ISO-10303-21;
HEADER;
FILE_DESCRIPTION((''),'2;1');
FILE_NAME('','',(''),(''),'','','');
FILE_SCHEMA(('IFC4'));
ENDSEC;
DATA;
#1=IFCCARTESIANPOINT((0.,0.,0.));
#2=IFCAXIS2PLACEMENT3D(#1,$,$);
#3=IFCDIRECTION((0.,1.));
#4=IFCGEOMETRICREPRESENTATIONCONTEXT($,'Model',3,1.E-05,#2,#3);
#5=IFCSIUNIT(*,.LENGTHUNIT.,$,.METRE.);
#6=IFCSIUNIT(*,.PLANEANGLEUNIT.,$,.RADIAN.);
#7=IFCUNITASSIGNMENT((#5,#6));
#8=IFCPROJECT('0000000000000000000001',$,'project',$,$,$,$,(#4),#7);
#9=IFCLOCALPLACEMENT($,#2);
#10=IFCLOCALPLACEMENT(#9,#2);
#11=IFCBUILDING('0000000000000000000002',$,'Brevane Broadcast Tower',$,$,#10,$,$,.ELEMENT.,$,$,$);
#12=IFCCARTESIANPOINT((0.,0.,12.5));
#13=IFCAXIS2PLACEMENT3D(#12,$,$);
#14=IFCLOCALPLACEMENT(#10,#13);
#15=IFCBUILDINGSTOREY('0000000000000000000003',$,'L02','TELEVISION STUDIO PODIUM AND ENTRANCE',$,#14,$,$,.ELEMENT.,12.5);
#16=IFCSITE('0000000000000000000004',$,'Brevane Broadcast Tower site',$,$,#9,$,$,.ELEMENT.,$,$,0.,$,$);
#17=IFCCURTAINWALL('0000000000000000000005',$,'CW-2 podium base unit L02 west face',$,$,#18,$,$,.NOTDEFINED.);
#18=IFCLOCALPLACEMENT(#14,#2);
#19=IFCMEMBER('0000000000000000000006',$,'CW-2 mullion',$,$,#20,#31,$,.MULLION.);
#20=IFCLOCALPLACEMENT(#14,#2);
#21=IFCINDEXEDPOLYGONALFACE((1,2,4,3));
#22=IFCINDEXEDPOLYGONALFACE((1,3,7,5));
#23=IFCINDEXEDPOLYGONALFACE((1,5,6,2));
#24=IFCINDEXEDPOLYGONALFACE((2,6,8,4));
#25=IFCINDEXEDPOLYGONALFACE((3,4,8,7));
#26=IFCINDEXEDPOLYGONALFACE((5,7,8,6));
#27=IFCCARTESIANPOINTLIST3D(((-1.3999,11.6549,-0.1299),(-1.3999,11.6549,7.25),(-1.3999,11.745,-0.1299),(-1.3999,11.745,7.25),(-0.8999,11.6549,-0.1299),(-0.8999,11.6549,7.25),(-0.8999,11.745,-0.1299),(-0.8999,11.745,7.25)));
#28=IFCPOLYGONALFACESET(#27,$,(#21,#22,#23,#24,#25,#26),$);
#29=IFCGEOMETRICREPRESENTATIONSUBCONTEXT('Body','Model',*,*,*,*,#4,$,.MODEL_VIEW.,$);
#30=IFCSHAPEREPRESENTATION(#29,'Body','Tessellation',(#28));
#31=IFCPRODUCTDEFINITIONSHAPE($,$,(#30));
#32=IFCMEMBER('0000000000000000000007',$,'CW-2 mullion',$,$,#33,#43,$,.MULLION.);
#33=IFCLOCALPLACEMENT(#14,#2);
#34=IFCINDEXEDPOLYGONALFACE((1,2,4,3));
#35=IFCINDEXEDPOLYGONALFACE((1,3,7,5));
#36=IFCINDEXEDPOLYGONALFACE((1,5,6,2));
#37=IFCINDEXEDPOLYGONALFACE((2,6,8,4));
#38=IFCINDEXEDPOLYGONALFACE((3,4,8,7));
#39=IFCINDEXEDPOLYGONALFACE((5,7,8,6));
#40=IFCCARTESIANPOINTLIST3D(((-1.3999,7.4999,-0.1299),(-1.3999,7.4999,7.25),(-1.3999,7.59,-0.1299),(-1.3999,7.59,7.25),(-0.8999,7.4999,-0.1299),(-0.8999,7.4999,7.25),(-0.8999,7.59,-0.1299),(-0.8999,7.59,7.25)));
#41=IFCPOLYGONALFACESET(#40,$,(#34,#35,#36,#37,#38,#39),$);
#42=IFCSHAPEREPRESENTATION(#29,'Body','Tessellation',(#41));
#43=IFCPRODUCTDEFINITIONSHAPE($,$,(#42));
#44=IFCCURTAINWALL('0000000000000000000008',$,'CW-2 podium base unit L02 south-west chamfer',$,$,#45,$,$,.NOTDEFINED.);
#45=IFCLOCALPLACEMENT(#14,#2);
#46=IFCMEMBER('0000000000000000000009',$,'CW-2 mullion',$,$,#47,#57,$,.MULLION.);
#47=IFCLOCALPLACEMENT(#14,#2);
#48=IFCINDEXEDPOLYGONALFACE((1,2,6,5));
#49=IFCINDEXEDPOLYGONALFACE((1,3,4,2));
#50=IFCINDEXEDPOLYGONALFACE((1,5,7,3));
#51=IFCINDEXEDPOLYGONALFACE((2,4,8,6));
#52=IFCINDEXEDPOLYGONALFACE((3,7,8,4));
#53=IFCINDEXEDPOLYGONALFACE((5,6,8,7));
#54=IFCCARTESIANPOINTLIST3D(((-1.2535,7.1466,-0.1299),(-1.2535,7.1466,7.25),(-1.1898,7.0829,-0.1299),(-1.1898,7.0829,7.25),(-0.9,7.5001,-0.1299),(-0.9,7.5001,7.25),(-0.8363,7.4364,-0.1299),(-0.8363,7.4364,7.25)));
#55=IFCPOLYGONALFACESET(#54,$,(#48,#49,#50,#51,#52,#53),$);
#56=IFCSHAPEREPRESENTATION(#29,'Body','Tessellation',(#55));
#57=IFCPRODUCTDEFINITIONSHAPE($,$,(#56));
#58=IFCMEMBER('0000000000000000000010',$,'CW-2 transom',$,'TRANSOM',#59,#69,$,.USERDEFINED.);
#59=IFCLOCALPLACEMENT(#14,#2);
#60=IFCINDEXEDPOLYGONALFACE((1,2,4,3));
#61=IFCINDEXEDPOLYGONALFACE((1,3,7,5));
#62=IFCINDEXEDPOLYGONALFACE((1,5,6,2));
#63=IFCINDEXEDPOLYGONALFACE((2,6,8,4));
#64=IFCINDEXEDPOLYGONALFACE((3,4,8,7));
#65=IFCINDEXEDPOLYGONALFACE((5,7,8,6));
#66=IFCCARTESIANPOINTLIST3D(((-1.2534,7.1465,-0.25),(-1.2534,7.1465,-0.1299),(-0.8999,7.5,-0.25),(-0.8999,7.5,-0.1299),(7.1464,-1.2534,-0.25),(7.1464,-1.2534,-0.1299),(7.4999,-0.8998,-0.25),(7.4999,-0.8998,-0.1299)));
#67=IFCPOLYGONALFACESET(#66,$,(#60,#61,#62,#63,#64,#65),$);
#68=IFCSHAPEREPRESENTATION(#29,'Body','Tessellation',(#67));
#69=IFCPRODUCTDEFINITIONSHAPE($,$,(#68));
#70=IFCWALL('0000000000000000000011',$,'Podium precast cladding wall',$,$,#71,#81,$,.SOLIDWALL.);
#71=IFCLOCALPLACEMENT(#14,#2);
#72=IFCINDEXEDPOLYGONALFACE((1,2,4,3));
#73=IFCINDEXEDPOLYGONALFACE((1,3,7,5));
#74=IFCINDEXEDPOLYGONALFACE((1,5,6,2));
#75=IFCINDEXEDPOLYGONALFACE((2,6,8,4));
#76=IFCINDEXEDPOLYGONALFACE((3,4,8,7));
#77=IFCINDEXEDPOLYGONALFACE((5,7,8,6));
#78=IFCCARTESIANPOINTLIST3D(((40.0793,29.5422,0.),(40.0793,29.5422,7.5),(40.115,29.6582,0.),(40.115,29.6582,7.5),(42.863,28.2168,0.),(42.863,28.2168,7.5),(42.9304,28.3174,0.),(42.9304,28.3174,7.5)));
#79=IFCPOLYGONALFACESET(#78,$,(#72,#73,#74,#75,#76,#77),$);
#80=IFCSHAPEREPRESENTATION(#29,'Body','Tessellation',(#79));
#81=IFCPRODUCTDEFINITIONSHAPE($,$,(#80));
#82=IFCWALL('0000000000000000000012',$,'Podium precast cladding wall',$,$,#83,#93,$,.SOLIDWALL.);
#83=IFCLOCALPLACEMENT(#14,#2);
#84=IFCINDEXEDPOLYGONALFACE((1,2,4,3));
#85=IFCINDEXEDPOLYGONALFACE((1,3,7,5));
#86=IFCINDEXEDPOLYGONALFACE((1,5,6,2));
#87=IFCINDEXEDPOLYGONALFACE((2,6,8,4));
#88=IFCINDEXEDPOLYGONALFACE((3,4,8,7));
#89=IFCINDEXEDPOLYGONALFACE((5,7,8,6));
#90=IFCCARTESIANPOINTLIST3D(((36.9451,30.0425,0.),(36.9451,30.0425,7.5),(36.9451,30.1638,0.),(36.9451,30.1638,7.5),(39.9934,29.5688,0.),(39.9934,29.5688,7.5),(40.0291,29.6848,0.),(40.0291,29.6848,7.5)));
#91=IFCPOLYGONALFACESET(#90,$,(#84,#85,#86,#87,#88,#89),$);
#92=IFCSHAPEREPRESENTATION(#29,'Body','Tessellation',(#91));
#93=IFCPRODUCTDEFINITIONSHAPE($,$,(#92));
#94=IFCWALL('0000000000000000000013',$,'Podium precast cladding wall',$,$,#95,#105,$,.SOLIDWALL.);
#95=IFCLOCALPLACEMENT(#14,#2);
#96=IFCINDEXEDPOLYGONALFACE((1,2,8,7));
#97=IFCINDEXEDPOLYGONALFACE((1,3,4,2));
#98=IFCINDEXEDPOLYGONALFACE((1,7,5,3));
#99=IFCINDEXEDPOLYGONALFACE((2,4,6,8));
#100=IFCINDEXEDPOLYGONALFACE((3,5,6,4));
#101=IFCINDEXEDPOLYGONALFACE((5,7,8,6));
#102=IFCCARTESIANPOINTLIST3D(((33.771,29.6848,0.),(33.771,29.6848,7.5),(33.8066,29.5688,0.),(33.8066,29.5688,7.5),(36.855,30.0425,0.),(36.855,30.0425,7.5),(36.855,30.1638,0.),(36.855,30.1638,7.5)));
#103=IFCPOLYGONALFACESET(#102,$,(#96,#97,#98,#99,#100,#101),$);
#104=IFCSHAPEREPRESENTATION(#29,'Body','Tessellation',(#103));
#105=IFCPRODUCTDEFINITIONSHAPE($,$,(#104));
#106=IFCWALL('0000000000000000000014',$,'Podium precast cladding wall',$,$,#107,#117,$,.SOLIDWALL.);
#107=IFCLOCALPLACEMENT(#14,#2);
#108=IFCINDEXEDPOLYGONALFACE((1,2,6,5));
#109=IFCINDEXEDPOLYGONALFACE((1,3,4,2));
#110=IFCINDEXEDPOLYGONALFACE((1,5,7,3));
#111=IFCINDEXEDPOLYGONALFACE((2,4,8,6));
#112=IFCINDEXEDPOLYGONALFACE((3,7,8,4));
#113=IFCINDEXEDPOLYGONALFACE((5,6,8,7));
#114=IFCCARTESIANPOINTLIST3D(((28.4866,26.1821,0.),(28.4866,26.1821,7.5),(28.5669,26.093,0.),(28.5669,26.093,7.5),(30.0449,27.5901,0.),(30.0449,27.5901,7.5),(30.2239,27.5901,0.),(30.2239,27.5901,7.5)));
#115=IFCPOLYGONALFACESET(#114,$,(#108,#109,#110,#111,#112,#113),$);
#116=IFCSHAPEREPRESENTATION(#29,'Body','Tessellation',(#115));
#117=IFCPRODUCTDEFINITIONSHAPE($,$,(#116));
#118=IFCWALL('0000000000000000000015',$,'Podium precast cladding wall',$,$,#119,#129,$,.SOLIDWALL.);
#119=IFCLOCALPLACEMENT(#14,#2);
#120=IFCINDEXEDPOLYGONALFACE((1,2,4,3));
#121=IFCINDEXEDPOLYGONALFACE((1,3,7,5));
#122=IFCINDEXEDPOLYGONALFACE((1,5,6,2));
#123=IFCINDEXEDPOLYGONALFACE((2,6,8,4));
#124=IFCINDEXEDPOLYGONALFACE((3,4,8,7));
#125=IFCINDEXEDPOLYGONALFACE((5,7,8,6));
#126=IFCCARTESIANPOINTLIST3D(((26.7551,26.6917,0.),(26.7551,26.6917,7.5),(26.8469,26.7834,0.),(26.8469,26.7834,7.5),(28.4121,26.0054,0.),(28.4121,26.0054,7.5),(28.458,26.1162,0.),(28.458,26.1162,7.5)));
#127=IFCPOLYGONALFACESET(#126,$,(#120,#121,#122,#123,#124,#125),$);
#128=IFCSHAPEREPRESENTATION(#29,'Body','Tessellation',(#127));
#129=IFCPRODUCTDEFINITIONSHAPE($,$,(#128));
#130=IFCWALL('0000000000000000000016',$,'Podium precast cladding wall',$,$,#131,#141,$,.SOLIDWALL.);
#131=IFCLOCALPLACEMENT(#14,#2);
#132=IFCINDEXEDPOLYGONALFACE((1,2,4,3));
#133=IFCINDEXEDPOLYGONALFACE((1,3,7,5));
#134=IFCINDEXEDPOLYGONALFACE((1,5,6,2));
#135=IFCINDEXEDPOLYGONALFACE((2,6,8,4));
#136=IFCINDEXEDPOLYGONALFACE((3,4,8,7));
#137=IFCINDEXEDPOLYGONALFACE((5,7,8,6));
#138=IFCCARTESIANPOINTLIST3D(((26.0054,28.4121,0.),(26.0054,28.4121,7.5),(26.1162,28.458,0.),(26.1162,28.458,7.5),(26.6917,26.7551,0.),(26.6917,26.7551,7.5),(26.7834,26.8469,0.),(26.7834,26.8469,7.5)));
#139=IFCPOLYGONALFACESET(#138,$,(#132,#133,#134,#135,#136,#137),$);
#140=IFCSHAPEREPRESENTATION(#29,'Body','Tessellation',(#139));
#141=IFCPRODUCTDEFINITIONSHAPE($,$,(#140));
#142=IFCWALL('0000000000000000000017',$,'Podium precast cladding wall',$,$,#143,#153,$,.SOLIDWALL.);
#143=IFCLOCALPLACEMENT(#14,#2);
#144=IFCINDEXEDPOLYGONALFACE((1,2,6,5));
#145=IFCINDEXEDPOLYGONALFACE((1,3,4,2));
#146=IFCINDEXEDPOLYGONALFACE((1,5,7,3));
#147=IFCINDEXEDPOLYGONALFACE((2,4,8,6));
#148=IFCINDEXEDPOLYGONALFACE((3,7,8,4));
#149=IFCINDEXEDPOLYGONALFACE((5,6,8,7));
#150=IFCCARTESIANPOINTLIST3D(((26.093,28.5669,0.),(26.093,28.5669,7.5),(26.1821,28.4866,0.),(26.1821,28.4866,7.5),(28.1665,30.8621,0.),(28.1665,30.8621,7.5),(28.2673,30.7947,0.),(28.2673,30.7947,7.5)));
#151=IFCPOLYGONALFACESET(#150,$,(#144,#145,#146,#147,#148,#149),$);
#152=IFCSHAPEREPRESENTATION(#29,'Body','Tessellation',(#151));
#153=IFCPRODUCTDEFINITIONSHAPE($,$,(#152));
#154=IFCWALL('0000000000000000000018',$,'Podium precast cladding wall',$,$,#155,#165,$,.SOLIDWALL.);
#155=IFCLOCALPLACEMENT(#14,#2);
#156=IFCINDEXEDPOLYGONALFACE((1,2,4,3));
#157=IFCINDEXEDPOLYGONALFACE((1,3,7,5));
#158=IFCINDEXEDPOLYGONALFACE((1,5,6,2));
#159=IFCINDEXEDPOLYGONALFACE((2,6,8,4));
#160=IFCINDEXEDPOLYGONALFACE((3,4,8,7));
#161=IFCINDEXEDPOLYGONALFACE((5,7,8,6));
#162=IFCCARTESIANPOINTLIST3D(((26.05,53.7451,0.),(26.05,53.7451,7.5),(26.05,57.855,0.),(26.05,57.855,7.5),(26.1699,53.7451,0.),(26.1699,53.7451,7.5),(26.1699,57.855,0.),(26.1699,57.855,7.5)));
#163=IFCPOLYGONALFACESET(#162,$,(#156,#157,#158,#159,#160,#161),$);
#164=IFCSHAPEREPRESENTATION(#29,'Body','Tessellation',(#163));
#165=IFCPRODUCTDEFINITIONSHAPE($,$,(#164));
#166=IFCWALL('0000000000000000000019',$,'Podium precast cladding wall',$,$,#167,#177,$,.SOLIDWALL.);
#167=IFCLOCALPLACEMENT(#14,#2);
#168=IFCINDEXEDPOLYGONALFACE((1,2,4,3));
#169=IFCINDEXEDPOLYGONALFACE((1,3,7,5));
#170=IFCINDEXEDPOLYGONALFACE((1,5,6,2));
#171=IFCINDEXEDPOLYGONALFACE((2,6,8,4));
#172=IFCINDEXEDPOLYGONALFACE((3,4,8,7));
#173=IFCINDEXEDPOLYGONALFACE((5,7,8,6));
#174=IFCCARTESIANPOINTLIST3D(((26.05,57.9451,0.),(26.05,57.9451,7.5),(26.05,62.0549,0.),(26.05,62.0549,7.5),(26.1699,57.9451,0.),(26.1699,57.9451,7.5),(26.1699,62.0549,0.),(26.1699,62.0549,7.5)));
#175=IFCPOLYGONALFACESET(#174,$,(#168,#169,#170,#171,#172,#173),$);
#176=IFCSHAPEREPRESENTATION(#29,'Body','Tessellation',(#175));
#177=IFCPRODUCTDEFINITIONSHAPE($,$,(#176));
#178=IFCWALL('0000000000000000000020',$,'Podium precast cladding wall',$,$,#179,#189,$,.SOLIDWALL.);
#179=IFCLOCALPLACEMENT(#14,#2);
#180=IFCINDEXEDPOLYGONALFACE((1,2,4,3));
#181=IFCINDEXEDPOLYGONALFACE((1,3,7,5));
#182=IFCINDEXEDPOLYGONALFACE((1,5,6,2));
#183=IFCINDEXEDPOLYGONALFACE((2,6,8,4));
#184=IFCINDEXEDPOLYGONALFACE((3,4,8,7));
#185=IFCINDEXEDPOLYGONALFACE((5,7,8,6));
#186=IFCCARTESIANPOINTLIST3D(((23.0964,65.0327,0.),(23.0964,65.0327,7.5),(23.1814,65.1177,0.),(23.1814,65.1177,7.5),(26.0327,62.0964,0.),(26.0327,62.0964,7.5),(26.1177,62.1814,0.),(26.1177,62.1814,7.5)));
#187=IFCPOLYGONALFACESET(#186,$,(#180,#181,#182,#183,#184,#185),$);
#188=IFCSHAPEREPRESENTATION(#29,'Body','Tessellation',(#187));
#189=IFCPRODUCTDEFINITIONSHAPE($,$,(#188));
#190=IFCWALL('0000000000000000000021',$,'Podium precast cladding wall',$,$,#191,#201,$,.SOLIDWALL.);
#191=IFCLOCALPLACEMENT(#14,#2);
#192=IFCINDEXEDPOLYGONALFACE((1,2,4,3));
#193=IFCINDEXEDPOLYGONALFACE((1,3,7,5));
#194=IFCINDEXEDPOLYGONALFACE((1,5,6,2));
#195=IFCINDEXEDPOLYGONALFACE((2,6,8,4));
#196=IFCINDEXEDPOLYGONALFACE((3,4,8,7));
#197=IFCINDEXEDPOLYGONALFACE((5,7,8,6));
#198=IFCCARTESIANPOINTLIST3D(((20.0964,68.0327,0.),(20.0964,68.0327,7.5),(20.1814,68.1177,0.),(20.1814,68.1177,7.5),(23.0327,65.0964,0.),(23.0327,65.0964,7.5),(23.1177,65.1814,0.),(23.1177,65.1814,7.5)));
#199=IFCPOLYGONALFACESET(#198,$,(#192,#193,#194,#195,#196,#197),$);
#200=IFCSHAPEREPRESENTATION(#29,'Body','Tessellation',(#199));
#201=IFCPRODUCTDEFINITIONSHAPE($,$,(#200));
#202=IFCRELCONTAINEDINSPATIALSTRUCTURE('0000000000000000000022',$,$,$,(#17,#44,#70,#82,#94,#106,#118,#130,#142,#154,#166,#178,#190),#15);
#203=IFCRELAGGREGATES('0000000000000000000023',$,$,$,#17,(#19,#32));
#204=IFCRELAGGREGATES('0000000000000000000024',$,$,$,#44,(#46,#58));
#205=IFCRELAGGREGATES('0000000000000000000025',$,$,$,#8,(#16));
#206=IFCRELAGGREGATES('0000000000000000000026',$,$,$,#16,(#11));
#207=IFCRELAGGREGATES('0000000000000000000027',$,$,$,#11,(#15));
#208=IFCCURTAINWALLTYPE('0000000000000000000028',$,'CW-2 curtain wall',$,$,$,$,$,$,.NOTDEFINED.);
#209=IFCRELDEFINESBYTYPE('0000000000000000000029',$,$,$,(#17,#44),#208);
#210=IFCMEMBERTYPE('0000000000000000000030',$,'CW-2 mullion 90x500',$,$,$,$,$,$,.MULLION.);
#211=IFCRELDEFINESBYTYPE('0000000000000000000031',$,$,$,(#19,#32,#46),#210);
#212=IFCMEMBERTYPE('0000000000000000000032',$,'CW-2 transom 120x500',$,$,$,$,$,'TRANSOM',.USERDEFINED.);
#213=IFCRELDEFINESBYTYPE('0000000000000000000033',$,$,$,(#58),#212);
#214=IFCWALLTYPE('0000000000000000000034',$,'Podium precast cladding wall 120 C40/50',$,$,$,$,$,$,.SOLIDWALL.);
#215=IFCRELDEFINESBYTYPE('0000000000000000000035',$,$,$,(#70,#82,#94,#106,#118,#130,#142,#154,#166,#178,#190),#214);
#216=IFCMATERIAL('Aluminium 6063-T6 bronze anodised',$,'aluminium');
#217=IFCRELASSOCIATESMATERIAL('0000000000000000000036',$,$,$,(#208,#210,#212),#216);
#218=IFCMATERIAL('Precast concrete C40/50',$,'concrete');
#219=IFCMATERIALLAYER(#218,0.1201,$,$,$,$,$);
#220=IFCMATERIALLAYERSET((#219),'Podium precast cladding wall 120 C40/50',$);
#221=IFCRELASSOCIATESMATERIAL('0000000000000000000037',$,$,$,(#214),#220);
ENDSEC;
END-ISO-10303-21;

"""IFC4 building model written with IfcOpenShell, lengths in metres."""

from ifc_helpers import new_model, si_unit, direction, frame, origin, origin_2d, place, context, subcontext, project, spatial, polyline, rectangle, outline, extrude, material, layer, layer_set, material_profile, profile_set, type_object, element, aggregate, save


model = new_model("IFC4")

# Units and contexts
model_context = context("Model", 3, precision=1e-05, world=origin(), true_north=direction((0.0, 1.0)))
body_context = subcontext(model_context, "Body", "Model", "MODEL_VIEW")
ifc_project = project(units=[si_unit("LENGTHUNIT", "METRE"), si_unit("PLANEANGLEUNIT", "RADIAN")], contexts=[model_context])

# Site, building, storey
site_placement = place(None, origin())
site = spatial("IfcSite", under=ifc_project, at=site_placement, Name="Brevane Broadcast Tower site", CompositionType="ELEMENT", RefElevation=0.0)
building_placement = place(site_placement, origin())
building = spatial("IfcBuilding", under=site, at=building_placement, Name="Brevane Broadcast Tower", CompositionType="ELEMENT")
storey_placement = place(building_placement, frame((0.0, 0.0, 12.5)))
storey = spatial("IfcBuildingStorey", under=building, at=storey_placement, Name="L02", Description="TELEVISION STUDIO PODIUM AND ENTRANCE", CompositionType="ELEMENT", Elevation=12.5)

# Curtain walls, members
ifc_material_1 = material(Name="Aluminium 6063-T6 bronze anodised", Category="aluminium")
curtain_wall_type = type_object("IfcCurtainWallType", Name="CW-2 curtain wall", PredefinedType="NOTDEFINED", material=ifc_material_1)
curtain_wall_1_placement = place(storey_placement, origin())
curtain_wall_1 = element("IfcCurtainWall", 1, at=curtain_wall_1_placement, inside=storey, type_object=curtain_wall_type, Name="CW-2 podium base unit L02 west face", PredefinedType="NOTDEFINED")
ifc_material_profile_1 = material_profile(ifc_material_1, rectangle(XDim=0.5, YDim=0.0901, at=origin_2d()), Name="RECT 90x500")
ifc_profile_set_1 = profile_set([ifc_material_profile_1], Name="Aluminium 6063-T6 bronze anodised")
member_type_1 = type_object("IfcMemberType", Name="CW-2 mullion 90x500", PredefinedType="MULLION", material=ifc_profile_set_1)
member_1_placement = place(storey_placement, frame((-1.1499, 11.7, -0.1299), z_axis=(0.0, 0.0, 1.0), x_axis=(1.0, 0.0, 0.0)))
member_1 = element("IfcMember", 2, at=member_1_placement, type_object=member_type_1, Name="CW-2 mullion", PredefinedType="MULLION", context=body_context, shape_type="SweptSolid", body=[
    extrude(rectangle(XDim=0.5, YDim=0.0901, at=origin_2d()), origin(), (0.0, 0.0, 1.0), 7.3799),
])
member_2_placement = place(storey_placement, frame((-1.1499, 7.5449, -0.1299), z_axis=(0.0, 0.0, 1.0), x_axis=(1.0, 0.0, 0.0)))
member_2 = element("IfcMember", 3, at=member_2_placement, type_object=member_type_1, Name="CW-2 mullion", PredefinedType="MULLION", context=body_context, shape_type="SweptSolid", body=[
    extrude(rectangle(XDim=0.5, YDim=0.0901, at=origin_2d()), origin(), (0.0, 0.0, 1.0), 7.3799),
])
aggregate(curtain_wall_1, [member_1, member_2])
curtain_wall_2_placement = place(storey_placement, origin())
curtain_wall_2 = element("IfcCurtainWall", 4, at=curtain_wall_2_placement, inside=storey, type_object=curtain_wall_type, Name="CW-2 podium base unit L02 south-west chamfer", PredefinedType="NOTDEFINED")
member_3_placement = place(storey_placement, frame((-1.0449, 7.2915, -0.1299), z_axis=(0.0, 0.0, 1.0), x_axis=(0.707107, 0.707107, 0.0)))
member_3 = element("IfcMember", 5, at=member_3_placement, type_object=member_type_1, Name="CW-2 mullion", PredefinedType="MULLION", context=body_context, shape_type="SweptSolid", body=[
    extrude(rectangle(XDim=0.5, YDim=0.0901, at=origin_2d()), origin(), (0.0, 0.0, 1.0), 7.3799),
])
ifc_material_profile_2 = material_profile(ifc_material_1, rectangle(XDim=0.5, YDim=0.1201, at=origin_2d()), Name="RECT 120x500")
ifc_profile_set_2 = profile_set([ifc_material_profile_2], Name="Aluminium 6063-T6 bronze anodised")
member_type_2 = type_object("IfcMemberType", Name="CW-2 transom 120x500", ElementType="TRANSOM", PredefinedType="USERDEFINED", material=ifc_profile_set_2)
member_4_placement = place(storey_placement, frame((-1.0767, 7.3232, -0.1899), z_axis=(0.707107, -0.707107, 0.0), x_axis=(0.707107, 0.707107, 0.0)))
member_4 = element("IfcMember", 6, at=member_4_placement, type_object=member_type_2, Name="CW-2 transom", ObjectType="TRANSOM", PredefinedType="USERDEFINED", context=body_context, shape_type="SweptSolid", body=[
    extrude(rectangle(XDim=0.5, YDim=0.1201, at=origin_2d()), origin(), (0.0, 0.0, 1.0), 11.8792),
])
aggregate(curtain_wall_2, [member_3, member_4])

# Walls
ifc_material_2 = material(Name="Precast concrete C40/50", Category="concrete")
ifc_layer = layer(ifc_material_2, 0.1201)
ifc_layer_set = layer_set([ifc_layer], Name="Podium precast cladding wall 120 C40/50")
wall_type = type_object("IfcWallType", Name="Podium precast cladding wall 120 C40/50", PredefinedType="SOLIDWALL", material=ifc_layer_set)
wall_1_placement = place(storey_placement, origin())
element("IfcWall", 7, at=wall_1_placement, inside=storey, type_object=wall_type, Name="Podium precast cladding wall", PredefinedType="SOLIDWALL", context=body_context, shape_type="SweptSolid", body=[
    extrude(outline(polyline([(42.863, 28.2168), (42.9304, 28.3174), (40.115, 29.6582), (40.0793, 29.5422), (42.863, 28.2168)])), origin(), (0.0, 0.0, 1.0), 7.5),
])
wall_2_placement = place(storey_placement, origin())
element("IfcWall", 8, at=wall_2_placement, inside=storey, type_object=wall_type, Name="Podium precast cladding wall", PredefinedType="SOLIDWALL", context=body_context, shape_type="SweptSolid", body=[
    extrude(outline(polyline([(39.9934, 29.5688), (40.0291, 29.6848), (36.9451, 30.1638), (36.9451, 30.0425), (39.9934, 29.5688)])), origin(), (0.0, 0.0, 1.0), 7.5),
])
wall_3_placement = place(storey_placement, origin())
element("IfcWall", 9, at=wall_3_placement, inside=storey, type_object=wall_type, Name="Podium precast cladding wall", PredefinedType="SOLIDWALL", context=body_context, shape_type="SweptSolid", body=[
    extrude(outline(polyline([(36.855, 30.0425), (36.855, 30.1638), (33.771, 29.6848), (33.8066, 29.5688), (36.855, 30.0425)])), origin(), (0.0, 0.0, 1.0), 7.5),
])
wall_4_placement = place(storey_placement, origin())
element("IfcWall", 10, at=wall_4_placement, inside=storey, type_object=wall_type, Name="Podium precast cladding wall", PredefinedType="SOLIDWALL", context=body_context, shape_type="SweptSolid", body=[
    extrude(outline(polyline([(30.2239, 27.5901), (30.0449, 27.5901), (28.4866, 26.1821), (28.5669, 26.093), (30.2239, 27.5901)])), origin(), (0.0, 0.0, 1.0), 7.5),
])
wall_5_placement = place(storey_placement, origin())
element("IfcWall", 11, at=wall_5_placement, inside=storey, type_object=wall_type, Name="Podium precast cladding wall", PredefinedType="SOLIDWALL", context=body_context, shape_type="SweptSolid", body=[
    extrude(outline(polyline([(28.4121, 26.0054), (28.458, 26.1162), (26.8469, 26.7834), (26.7551, 26.6917), (28.4121, 26.0054)])), origin(), (0.0, 0.0, 1.0), 7.5),
])
wall_6_placement = place(storey_placement, origin())
element("IfcWall", 12, at=wall_6_placement, inside=storey, type_object=wall_type, Name="Podium precast cladding wall", PredefinedType="SOLIDWALL", context=body_context, shape_type="SweptSolid", body=[
    extrude(outline(polyline([(26.6917, 26.7551), (26.7834, 26.8469), (26.1162, 28.458), (26.0054, 28.4121), (26.6917, 26.7551)])), origin(), (0.0, 0.0, 1.0), 7.5),
])
wall_7_placement = place(storey_placement, origin())
element("IfcWall", 13, at=wall_7_placement, inside=storey, type_object=wall_type, Name="Podium precast cladding wall", PredefinedType="SOLIDWALL", context=body_context, shape_type="SweptSolid", body=[
    extrude(outline(polyline([(26.093, 28.5669), (26.1821, 28.4866), (28.2673, 30.7947), (28.1665, 30.8621), (26.093, 28.5669)])), origin(), (0.0, 0.0, 1.0), 7.5),
])
wall_8_placement = place(storey_placement, origin())
element("IfcWall", 14, at=wall_8_placement, inside=storey, type_object=wall_type, Name="Podium precast cladding wall", PredefinedType="SOLIDWALL", context=body_context, shape_type="SweptSolid", body=[
    extrude(outline(polyline([(26.1699, 57.855), (26.05, 57.855), (26.05, 53.7451), (26.1699, 53.7451), (26.1699, 57.855)])), origin(), (0.0, 0.0, 1.0), 7.5),
])
wall_9_placement = place(storey_placement, origin())
element("IfcWall", 15, at=wall_9_placement, inside=storey, type_object=wall_type, Name="Podium precast cladding wall", PredefinedType="SOLIDWALL", context=body_context, shape_type="SweptSolid", body=[
    extrude(outline(polyline([(26.1699, 62.0549), (26.05, 62.0549), (26.05, 57.9451), (26.1699, 57.9451), (26.1699, 62.0549)])), origin(), (0.0, 0.0, 1.0), 7.5),
])
wall_10_placement = place(storey_placement, origin())
element("IfcWall", 16, at=wall_10_placement, inside=storey, type_object=wall_type, Name="Podium precast cladding wall", PredefinedType="SOLIDWALL", context=body_context, shape_type="SweptSolid", body=[
    extrude(outline(polyline([(26.0327, 62.0964), (23.0964, 65.0327), (23.1814, 65.1177), (26.1177, 62.1814), (26.0327, 62.0964)])), origin(), (0.0, 0.0, 1.0), 7.5),
])
wall_11_placement = place(storey_placement, origin())
element("IfcWall", 17, at=wall_11_placement, inside=storey, type_object=wall_type, Name="Podium precast cladding wall", PredefinedType="SOLIDWALL", context=body_context, shape_type="SweptSolid", body=[
    extrude(outline(polyline([(23.0327, 65.0964), (20.0964, 68.0327), (20.1814, 68.1177), (23.1177, 65.1814), (23.0327, 65.0964)])), origin(), (0.0, 0.0, 1.0), 7.5),
])

save(model, "model.ifc")
